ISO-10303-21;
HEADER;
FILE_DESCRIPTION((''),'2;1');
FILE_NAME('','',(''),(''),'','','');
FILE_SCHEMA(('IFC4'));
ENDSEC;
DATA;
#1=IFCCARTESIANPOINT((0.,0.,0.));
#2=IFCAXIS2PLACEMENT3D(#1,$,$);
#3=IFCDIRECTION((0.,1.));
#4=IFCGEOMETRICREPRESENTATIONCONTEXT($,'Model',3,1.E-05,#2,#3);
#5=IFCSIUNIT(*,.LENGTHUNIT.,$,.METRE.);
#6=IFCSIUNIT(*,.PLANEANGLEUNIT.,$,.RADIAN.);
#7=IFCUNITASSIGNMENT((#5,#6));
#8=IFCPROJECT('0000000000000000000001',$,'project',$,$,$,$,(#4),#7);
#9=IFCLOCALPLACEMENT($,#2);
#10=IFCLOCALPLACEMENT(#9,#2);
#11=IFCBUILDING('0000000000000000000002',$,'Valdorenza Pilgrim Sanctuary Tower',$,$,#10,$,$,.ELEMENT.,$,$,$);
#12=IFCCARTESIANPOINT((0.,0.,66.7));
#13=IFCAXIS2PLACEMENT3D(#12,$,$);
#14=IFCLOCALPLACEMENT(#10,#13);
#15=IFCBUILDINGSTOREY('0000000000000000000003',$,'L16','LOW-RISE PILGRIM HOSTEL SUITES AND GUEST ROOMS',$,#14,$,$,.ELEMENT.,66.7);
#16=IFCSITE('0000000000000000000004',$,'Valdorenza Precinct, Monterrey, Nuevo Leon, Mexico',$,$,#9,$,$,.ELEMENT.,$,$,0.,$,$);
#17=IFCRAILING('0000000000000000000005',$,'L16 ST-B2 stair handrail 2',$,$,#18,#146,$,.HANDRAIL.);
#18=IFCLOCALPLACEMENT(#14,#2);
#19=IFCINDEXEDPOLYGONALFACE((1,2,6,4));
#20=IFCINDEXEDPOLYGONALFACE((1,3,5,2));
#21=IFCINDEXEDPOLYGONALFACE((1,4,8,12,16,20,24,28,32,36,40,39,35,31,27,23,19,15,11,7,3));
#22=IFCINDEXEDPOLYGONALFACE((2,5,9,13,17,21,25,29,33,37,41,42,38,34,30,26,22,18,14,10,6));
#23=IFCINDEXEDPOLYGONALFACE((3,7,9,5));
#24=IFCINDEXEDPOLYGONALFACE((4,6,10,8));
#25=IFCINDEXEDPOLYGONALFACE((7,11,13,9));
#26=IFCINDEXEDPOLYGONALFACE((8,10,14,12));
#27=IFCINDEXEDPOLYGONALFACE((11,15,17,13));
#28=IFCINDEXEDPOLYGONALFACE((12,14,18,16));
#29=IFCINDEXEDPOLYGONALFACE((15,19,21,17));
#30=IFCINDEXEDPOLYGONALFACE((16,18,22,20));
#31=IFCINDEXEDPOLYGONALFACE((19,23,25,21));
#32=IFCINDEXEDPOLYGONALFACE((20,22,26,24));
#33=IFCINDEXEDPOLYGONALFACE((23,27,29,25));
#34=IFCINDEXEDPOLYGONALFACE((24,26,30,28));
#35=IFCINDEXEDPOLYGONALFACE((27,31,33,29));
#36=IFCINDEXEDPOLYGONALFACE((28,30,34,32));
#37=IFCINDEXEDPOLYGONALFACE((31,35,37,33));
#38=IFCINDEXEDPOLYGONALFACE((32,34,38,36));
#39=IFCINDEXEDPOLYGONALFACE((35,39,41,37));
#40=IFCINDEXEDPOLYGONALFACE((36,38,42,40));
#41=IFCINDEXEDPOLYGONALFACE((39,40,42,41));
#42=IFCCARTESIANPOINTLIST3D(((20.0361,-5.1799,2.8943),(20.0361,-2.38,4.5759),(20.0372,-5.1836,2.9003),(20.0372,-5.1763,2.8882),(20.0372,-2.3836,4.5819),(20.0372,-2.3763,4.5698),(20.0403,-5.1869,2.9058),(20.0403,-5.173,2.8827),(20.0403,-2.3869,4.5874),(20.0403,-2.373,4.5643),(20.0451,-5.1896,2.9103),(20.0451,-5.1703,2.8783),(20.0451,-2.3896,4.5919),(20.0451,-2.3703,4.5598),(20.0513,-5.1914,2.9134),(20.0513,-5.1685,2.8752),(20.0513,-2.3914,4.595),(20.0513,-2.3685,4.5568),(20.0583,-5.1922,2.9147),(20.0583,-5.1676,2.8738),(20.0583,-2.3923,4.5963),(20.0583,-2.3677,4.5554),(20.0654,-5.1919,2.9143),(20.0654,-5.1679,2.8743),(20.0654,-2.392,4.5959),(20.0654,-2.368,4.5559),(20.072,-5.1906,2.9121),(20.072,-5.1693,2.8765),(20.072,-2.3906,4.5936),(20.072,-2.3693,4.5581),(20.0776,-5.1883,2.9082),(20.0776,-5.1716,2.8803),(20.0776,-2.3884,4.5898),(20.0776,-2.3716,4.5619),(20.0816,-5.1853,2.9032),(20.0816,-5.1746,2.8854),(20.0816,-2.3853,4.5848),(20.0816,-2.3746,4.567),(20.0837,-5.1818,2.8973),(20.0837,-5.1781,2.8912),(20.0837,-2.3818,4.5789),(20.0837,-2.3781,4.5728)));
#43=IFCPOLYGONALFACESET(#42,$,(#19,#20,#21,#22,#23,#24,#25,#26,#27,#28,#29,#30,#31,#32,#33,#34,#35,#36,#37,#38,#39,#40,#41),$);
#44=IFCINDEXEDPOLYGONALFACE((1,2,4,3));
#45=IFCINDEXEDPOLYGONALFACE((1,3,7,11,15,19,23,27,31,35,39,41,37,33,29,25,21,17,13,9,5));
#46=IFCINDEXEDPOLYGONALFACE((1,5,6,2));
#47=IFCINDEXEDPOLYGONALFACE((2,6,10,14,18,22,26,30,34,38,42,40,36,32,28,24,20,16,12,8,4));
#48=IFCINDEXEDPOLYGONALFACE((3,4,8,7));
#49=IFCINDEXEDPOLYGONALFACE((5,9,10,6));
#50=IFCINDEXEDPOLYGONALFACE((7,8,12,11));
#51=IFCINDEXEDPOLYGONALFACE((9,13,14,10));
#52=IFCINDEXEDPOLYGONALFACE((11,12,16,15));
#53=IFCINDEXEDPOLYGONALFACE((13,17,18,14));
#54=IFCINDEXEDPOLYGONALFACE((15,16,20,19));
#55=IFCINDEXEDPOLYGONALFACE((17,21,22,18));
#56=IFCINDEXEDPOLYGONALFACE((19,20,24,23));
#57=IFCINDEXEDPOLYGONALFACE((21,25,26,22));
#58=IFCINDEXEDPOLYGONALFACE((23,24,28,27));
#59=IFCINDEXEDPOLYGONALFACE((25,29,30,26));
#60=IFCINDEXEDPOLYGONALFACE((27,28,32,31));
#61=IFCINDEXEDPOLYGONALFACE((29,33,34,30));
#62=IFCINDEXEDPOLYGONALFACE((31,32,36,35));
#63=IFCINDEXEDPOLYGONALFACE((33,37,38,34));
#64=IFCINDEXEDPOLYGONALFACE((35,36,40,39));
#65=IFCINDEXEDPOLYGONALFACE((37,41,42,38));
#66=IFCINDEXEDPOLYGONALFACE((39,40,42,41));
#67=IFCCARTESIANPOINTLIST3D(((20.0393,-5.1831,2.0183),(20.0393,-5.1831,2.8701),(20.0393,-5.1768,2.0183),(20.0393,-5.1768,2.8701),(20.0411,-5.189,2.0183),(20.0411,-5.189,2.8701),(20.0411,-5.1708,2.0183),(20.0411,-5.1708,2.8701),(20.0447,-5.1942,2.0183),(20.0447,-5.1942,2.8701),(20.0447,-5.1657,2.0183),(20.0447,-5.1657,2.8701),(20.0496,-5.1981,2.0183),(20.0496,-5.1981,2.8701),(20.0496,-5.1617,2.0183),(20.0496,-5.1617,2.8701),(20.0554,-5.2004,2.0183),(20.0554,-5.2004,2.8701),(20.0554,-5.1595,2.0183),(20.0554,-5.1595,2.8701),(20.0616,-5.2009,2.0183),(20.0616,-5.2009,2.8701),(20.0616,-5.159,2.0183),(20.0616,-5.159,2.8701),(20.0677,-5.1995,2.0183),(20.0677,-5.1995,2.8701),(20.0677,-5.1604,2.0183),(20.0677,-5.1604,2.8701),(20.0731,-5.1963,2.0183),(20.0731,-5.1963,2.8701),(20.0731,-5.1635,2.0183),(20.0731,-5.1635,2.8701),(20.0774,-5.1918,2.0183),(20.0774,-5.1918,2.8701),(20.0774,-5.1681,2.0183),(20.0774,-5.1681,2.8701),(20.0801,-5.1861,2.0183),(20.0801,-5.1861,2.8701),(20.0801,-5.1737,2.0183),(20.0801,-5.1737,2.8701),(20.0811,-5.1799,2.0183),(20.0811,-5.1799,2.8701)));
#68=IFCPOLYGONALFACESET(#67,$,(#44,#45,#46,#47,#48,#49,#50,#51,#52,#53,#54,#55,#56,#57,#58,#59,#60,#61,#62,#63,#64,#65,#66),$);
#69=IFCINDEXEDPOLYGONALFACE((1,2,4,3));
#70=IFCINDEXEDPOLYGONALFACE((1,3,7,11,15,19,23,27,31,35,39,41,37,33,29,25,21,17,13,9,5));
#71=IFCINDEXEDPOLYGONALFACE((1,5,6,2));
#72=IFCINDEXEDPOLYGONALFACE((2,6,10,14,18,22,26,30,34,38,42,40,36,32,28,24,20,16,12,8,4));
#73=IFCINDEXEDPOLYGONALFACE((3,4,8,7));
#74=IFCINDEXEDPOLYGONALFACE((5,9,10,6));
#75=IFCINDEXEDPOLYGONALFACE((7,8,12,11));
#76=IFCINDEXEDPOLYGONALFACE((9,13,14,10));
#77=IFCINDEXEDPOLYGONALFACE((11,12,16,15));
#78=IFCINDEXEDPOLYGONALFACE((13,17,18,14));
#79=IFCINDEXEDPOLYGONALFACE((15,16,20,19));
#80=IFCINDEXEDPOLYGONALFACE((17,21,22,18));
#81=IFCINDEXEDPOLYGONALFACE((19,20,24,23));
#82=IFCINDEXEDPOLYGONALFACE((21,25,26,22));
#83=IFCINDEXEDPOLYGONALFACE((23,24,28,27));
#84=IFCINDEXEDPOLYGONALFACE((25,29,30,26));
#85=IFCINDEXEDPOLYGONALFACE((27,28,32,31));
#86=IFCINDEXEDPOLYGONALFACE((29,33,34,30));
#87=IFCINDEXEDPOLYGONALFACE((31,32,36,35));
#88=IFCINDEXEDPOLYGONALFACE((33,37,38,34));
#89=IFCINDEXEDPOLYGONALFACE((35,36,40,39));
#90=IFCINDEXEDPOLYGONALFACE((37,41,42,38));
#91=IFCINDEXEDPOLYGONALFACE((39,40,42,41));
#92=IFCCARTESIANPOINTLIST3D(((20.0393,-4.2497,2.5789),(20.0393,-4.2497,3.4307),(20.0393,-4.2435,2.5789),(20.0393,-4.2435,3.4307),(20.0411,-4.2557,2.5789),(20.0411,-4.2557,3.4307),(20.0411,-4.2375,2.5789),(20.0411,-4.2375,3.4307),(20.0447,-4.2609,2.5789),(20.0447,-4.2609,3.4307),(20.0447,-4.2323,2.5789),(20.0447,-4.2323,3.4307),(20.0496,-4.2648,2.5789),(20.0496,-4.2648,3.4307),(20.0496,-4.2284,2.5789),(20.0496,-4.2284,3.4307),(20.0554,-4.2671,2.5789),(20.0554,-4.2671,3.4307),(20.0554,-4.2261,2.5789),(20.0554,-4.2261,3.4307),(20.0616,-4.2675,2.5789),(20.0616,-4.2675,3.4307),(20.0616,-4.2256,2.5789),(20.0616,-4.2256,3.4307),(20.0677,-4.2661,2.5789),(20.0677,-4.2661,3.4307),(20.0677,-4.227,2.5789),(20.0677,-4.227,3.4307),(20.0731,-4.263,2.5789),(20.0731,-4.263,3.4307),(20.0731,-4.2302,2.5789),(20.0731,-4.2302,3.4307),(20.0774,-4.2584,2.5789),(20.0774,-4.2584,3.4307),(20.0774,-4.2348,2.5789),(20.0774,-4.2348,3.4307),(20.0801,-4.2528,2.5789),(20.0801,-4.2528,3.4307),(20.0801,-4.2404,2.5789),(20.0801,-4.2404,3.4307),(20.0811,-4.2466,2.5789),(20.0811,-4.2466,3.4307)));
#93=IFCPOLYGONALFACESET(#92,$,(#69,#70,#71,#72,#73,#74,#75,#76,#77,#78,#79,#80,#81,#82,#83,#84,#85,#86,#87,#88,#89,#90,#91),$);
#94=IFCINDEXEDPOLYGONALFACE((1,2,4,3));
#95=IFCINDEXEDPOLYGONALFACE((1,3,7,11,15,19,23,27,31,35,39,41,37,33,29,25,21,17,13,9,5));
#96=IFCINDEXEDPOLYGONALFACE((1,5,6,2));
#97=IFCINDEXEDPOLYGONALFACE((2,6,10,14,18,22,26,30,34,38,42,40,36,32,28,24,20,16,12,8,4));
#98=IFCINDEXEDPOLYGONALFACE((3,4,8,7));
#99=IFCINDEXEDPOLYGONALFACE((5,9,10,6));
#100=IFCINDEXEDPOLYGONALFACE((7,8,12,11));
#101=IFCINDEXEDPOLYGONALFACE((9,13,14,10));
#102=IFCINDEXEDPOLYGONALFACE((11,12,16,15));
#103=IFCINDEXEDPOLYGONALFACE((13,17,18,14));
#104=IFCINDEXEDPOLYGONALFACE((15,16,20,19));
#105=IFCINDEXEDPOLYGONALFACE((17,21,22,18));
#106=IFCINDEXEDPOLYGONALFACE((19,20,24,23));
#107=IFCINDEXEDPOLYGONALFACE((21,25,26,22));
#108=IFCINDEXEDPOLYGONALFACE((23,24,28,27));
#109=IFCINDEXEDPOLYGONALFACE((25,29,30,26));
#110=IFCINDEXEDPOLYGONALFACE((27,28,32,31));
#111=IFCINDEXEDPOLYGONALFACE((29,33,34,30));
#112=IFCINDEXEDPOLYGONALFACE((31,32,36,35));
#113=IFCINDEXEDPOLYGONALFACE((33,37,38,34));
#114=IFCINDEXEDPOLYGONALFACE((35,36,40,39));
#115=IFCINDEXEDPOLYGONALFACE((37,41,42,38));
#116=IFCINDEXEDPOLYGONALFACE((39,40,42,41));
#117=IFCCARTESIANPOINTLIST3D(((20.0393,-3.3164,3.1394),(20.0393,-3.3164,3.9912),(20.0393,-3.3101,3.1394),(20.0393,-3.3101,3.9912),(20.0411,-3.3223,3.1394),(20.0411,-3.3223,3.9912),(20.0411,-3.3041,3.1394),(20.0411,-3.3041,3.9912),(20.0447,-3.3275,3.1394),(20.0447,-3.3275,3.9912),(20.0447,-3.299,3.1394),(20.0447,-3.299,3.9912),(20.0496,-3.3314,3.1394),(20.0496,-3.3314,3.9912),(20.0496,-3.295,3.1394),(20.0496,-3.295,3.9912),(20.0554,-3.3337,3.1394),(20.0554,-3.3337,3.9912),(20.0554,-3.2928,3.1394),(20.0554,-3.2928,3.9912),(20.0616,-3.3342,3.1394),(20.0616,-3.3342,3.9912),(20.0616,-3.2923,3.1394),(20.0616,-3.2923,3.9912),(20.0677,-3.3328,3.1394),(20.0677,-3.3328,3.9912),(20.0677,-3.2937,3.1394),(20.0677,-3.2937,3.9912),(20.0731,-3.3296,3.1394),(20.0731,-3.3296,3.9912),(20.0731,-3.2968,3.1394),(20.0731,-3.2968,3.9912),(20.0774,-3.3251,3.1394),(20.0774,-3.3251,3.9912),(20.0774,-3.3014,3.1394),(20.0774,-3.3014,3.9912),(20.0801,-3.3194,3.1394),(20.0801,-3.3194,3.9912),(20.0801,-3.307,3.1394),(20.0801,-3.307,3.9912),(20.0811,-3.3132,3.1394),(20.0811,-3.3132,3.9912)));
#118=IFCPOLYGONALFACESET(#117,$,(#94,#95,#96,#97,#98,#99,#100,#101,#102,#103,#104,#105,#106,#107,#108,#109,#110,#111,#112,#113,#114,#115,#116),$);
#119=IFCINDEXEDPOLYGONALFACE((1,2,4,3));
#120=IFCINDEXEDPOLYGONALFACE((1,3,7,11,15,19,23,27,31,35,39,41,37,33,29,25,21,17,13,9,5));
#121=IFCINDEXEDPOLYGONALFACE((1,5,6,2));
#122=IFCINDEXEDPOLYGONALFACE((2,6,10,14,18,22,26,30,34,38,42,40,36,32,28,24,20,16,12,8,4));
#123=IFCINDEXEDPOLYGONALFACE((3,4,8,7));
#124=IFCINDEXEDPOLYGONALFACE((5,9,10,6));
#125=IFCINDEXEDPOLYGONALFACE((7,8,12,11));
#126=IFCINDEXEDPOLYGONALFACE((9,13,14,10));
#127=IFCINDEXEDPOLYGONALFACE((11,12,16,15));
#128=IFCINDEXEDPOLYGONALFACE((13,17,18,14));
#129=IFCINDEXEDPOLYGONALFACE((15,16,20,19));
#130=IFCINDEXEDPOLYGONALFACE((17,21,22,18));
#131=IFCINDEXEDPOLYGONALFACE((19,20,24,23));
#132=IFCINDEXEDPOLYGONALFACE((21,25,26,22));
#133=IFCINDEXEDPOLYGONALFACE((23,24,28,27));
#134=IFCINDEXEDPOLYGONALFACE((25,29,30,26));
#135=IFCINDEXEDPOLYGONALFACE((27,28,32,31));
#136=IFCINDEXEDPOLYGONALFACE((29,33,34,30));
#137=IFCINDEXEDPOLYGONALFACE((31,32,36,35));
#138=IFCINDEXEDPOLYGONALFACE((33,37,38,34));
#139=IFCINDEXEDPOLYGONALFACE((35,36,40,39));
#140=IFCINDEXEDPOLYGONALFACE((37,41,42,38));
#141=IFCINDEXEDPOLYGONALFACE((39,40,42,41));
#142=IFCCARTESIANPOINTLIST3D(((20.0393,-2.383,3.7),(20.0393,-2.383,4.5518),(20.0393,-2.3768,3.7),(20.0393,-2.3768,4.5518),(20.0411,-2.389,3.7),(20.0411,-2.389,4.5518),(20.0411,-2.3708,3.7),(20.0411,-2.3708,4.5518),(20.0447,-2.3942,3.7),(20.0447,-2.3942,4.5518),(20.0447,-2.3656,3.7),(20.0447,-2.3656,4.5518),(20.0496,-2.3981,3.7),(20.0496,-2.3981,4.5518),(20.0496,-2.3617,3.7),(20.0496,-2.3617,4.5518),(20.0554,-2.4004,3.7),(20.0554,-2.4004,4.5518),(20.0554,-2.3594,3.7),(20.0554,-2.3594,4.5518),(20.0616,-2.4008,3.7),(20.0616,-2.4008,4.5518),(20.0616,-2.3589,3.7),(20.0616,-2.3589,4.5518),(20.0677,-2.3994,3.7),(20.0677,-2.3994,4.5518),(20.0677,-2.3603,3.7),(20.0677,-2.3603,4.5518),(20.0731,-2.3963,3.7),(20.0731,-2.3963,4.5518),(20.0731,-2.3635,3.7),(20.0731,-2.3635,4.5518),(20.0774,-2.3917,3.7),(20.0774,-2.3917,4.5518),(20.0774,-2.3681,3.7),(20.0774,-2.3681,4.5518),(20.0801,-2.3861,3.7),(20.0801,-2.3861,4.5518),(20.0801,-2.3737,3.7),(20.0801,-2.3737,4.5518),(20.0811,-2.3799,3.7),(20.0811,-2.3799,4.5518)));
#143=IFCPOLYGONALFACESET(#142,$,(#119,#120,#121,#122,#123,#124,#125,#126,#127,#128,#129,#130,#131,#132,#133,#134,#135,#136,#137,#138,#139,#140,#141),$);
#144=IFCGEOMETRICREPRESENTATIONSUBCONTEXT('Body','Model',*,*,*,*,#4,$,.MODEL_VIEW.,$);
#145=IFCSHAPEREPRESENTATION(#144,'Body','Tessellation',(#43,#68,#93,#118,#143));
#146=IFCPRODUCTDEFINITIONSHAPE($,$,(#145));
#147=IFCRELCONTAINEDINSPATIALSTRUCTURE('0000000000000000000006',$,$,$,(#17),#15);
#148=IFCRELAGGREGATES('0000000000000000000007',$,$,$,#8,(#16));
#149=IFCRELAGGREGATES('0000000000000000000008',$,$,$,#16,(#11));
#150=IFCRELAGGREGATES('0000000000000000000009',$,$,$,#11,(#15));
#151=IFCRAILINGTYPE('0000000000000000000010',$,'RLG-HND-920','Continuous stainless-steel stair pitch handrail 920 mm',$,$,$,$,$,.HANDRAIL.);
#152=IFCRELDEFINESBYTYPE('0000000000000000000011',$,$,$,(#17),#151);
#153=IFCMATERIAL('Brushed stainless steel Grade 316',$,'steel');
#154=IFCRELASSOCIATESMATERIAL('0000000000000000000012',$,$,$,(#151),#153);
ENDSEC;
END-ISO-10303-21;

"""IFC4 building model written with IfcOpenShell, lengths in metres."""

from ifc_helpers import new_model, si_unit, direction, frame, origin, origin_2d, place, context, subcontext, project, spatial, circle, extrude, material, type_object, element, save


model = new_model("IFC4")

# Units and contexts
model_context = context("Model", 3, precision=1e-05, world=origin(), true_north=direction((0.0, 1.0)))
body_context = subcontext(model_context, "Body", "Model", "MODEL_VIEW")
ifc_project = project(units=[si_unit("LENGTHUNIT", "METRE"), si_unit("PLANEANGLEUNIT", "RADIAN")], contexts=[model_context])

# Site, building, storey
site_placement = place(None, origin())
site = spatial("IfcSite", under=ifc_project, at=site_placement, Name="Valdorenza Precinct, Monterrey, Nuevo Leon, Mexico", CompositionType="ELEMENT", RefElevation=0.0)
building_placement = place(site_placement, origin())
building = spatial("IfcBuilding", under=site, at=building_placement, Name="Valdorenza Pilgrim Sanctuary Tower", CompositionType="ELEMENT")
storey_placement = place(building_placement, frame((0.0, 0.0, 66.7)))
storey = spatial("IfcBuildingStorey", under=building, at=storey_placement, Name="L16", Description="LOW-RISE PILGRIM HOSTEL SUITES AND GUEST ROOMS", CompositionType="ELEMENT", Elevation=66.7)

# Shared definitions
ifc_material_1 = material(Name="Brushed stainless steel Grade 316", Category="steel")

# Railing
railing_type_1 = type_object("IfcRailingType", Name="RLG-HND-920", Description="Continuous stainless-steel stair pitch handrail 920 mm", PredefinedType="HANDRAIL", material=ifc_material_1)
railing_1_placement = place(storey_placement, frame((20.0601, -5.1799, 2.0183)))
element("IfcRailing", 1, at=railing_1_placement, inside=storey, type_object=railing_type_1, Name="L16 ST-B2 stair handrail 2", PredefinedType="HANDRAIL", context=body_context, shape_type="SweptSolid", body=[
    extrude(circle(Radius=0.0239, at=origin_2d()), frame((0.0, 0.0, 0.876), z_axis=(0.0, 0.857275, 0.514858), x_axis=(-1.0, 0.0, 0.0)), (0.0, 0.0, 1.0), 3.2661),
    extrude(circle(Radius=0.021, at=origin_2d()), origin(), (0.0, 0.0, 1.0), 0.8518),
    extrude(circle(Radius=0.021, at=origin_2d()), frame((0.0, 0.9333, 0.5605)), (0.0, 0.0, 1.0), 0.8518),
    extrude(circle(Radius=0.021, at=origin_2d()), frame((0.0, 1.8667, 1.1211)), (0.0, 0.0, 1.0), 0.8518),
    extrude(circle(Radius=0.021, at=origin_2d()), frame((0.0, 2.8, 1.6816)), (0.0, 0.0, 1.0), 0.8518),
])

save(model, "model.ifc")
